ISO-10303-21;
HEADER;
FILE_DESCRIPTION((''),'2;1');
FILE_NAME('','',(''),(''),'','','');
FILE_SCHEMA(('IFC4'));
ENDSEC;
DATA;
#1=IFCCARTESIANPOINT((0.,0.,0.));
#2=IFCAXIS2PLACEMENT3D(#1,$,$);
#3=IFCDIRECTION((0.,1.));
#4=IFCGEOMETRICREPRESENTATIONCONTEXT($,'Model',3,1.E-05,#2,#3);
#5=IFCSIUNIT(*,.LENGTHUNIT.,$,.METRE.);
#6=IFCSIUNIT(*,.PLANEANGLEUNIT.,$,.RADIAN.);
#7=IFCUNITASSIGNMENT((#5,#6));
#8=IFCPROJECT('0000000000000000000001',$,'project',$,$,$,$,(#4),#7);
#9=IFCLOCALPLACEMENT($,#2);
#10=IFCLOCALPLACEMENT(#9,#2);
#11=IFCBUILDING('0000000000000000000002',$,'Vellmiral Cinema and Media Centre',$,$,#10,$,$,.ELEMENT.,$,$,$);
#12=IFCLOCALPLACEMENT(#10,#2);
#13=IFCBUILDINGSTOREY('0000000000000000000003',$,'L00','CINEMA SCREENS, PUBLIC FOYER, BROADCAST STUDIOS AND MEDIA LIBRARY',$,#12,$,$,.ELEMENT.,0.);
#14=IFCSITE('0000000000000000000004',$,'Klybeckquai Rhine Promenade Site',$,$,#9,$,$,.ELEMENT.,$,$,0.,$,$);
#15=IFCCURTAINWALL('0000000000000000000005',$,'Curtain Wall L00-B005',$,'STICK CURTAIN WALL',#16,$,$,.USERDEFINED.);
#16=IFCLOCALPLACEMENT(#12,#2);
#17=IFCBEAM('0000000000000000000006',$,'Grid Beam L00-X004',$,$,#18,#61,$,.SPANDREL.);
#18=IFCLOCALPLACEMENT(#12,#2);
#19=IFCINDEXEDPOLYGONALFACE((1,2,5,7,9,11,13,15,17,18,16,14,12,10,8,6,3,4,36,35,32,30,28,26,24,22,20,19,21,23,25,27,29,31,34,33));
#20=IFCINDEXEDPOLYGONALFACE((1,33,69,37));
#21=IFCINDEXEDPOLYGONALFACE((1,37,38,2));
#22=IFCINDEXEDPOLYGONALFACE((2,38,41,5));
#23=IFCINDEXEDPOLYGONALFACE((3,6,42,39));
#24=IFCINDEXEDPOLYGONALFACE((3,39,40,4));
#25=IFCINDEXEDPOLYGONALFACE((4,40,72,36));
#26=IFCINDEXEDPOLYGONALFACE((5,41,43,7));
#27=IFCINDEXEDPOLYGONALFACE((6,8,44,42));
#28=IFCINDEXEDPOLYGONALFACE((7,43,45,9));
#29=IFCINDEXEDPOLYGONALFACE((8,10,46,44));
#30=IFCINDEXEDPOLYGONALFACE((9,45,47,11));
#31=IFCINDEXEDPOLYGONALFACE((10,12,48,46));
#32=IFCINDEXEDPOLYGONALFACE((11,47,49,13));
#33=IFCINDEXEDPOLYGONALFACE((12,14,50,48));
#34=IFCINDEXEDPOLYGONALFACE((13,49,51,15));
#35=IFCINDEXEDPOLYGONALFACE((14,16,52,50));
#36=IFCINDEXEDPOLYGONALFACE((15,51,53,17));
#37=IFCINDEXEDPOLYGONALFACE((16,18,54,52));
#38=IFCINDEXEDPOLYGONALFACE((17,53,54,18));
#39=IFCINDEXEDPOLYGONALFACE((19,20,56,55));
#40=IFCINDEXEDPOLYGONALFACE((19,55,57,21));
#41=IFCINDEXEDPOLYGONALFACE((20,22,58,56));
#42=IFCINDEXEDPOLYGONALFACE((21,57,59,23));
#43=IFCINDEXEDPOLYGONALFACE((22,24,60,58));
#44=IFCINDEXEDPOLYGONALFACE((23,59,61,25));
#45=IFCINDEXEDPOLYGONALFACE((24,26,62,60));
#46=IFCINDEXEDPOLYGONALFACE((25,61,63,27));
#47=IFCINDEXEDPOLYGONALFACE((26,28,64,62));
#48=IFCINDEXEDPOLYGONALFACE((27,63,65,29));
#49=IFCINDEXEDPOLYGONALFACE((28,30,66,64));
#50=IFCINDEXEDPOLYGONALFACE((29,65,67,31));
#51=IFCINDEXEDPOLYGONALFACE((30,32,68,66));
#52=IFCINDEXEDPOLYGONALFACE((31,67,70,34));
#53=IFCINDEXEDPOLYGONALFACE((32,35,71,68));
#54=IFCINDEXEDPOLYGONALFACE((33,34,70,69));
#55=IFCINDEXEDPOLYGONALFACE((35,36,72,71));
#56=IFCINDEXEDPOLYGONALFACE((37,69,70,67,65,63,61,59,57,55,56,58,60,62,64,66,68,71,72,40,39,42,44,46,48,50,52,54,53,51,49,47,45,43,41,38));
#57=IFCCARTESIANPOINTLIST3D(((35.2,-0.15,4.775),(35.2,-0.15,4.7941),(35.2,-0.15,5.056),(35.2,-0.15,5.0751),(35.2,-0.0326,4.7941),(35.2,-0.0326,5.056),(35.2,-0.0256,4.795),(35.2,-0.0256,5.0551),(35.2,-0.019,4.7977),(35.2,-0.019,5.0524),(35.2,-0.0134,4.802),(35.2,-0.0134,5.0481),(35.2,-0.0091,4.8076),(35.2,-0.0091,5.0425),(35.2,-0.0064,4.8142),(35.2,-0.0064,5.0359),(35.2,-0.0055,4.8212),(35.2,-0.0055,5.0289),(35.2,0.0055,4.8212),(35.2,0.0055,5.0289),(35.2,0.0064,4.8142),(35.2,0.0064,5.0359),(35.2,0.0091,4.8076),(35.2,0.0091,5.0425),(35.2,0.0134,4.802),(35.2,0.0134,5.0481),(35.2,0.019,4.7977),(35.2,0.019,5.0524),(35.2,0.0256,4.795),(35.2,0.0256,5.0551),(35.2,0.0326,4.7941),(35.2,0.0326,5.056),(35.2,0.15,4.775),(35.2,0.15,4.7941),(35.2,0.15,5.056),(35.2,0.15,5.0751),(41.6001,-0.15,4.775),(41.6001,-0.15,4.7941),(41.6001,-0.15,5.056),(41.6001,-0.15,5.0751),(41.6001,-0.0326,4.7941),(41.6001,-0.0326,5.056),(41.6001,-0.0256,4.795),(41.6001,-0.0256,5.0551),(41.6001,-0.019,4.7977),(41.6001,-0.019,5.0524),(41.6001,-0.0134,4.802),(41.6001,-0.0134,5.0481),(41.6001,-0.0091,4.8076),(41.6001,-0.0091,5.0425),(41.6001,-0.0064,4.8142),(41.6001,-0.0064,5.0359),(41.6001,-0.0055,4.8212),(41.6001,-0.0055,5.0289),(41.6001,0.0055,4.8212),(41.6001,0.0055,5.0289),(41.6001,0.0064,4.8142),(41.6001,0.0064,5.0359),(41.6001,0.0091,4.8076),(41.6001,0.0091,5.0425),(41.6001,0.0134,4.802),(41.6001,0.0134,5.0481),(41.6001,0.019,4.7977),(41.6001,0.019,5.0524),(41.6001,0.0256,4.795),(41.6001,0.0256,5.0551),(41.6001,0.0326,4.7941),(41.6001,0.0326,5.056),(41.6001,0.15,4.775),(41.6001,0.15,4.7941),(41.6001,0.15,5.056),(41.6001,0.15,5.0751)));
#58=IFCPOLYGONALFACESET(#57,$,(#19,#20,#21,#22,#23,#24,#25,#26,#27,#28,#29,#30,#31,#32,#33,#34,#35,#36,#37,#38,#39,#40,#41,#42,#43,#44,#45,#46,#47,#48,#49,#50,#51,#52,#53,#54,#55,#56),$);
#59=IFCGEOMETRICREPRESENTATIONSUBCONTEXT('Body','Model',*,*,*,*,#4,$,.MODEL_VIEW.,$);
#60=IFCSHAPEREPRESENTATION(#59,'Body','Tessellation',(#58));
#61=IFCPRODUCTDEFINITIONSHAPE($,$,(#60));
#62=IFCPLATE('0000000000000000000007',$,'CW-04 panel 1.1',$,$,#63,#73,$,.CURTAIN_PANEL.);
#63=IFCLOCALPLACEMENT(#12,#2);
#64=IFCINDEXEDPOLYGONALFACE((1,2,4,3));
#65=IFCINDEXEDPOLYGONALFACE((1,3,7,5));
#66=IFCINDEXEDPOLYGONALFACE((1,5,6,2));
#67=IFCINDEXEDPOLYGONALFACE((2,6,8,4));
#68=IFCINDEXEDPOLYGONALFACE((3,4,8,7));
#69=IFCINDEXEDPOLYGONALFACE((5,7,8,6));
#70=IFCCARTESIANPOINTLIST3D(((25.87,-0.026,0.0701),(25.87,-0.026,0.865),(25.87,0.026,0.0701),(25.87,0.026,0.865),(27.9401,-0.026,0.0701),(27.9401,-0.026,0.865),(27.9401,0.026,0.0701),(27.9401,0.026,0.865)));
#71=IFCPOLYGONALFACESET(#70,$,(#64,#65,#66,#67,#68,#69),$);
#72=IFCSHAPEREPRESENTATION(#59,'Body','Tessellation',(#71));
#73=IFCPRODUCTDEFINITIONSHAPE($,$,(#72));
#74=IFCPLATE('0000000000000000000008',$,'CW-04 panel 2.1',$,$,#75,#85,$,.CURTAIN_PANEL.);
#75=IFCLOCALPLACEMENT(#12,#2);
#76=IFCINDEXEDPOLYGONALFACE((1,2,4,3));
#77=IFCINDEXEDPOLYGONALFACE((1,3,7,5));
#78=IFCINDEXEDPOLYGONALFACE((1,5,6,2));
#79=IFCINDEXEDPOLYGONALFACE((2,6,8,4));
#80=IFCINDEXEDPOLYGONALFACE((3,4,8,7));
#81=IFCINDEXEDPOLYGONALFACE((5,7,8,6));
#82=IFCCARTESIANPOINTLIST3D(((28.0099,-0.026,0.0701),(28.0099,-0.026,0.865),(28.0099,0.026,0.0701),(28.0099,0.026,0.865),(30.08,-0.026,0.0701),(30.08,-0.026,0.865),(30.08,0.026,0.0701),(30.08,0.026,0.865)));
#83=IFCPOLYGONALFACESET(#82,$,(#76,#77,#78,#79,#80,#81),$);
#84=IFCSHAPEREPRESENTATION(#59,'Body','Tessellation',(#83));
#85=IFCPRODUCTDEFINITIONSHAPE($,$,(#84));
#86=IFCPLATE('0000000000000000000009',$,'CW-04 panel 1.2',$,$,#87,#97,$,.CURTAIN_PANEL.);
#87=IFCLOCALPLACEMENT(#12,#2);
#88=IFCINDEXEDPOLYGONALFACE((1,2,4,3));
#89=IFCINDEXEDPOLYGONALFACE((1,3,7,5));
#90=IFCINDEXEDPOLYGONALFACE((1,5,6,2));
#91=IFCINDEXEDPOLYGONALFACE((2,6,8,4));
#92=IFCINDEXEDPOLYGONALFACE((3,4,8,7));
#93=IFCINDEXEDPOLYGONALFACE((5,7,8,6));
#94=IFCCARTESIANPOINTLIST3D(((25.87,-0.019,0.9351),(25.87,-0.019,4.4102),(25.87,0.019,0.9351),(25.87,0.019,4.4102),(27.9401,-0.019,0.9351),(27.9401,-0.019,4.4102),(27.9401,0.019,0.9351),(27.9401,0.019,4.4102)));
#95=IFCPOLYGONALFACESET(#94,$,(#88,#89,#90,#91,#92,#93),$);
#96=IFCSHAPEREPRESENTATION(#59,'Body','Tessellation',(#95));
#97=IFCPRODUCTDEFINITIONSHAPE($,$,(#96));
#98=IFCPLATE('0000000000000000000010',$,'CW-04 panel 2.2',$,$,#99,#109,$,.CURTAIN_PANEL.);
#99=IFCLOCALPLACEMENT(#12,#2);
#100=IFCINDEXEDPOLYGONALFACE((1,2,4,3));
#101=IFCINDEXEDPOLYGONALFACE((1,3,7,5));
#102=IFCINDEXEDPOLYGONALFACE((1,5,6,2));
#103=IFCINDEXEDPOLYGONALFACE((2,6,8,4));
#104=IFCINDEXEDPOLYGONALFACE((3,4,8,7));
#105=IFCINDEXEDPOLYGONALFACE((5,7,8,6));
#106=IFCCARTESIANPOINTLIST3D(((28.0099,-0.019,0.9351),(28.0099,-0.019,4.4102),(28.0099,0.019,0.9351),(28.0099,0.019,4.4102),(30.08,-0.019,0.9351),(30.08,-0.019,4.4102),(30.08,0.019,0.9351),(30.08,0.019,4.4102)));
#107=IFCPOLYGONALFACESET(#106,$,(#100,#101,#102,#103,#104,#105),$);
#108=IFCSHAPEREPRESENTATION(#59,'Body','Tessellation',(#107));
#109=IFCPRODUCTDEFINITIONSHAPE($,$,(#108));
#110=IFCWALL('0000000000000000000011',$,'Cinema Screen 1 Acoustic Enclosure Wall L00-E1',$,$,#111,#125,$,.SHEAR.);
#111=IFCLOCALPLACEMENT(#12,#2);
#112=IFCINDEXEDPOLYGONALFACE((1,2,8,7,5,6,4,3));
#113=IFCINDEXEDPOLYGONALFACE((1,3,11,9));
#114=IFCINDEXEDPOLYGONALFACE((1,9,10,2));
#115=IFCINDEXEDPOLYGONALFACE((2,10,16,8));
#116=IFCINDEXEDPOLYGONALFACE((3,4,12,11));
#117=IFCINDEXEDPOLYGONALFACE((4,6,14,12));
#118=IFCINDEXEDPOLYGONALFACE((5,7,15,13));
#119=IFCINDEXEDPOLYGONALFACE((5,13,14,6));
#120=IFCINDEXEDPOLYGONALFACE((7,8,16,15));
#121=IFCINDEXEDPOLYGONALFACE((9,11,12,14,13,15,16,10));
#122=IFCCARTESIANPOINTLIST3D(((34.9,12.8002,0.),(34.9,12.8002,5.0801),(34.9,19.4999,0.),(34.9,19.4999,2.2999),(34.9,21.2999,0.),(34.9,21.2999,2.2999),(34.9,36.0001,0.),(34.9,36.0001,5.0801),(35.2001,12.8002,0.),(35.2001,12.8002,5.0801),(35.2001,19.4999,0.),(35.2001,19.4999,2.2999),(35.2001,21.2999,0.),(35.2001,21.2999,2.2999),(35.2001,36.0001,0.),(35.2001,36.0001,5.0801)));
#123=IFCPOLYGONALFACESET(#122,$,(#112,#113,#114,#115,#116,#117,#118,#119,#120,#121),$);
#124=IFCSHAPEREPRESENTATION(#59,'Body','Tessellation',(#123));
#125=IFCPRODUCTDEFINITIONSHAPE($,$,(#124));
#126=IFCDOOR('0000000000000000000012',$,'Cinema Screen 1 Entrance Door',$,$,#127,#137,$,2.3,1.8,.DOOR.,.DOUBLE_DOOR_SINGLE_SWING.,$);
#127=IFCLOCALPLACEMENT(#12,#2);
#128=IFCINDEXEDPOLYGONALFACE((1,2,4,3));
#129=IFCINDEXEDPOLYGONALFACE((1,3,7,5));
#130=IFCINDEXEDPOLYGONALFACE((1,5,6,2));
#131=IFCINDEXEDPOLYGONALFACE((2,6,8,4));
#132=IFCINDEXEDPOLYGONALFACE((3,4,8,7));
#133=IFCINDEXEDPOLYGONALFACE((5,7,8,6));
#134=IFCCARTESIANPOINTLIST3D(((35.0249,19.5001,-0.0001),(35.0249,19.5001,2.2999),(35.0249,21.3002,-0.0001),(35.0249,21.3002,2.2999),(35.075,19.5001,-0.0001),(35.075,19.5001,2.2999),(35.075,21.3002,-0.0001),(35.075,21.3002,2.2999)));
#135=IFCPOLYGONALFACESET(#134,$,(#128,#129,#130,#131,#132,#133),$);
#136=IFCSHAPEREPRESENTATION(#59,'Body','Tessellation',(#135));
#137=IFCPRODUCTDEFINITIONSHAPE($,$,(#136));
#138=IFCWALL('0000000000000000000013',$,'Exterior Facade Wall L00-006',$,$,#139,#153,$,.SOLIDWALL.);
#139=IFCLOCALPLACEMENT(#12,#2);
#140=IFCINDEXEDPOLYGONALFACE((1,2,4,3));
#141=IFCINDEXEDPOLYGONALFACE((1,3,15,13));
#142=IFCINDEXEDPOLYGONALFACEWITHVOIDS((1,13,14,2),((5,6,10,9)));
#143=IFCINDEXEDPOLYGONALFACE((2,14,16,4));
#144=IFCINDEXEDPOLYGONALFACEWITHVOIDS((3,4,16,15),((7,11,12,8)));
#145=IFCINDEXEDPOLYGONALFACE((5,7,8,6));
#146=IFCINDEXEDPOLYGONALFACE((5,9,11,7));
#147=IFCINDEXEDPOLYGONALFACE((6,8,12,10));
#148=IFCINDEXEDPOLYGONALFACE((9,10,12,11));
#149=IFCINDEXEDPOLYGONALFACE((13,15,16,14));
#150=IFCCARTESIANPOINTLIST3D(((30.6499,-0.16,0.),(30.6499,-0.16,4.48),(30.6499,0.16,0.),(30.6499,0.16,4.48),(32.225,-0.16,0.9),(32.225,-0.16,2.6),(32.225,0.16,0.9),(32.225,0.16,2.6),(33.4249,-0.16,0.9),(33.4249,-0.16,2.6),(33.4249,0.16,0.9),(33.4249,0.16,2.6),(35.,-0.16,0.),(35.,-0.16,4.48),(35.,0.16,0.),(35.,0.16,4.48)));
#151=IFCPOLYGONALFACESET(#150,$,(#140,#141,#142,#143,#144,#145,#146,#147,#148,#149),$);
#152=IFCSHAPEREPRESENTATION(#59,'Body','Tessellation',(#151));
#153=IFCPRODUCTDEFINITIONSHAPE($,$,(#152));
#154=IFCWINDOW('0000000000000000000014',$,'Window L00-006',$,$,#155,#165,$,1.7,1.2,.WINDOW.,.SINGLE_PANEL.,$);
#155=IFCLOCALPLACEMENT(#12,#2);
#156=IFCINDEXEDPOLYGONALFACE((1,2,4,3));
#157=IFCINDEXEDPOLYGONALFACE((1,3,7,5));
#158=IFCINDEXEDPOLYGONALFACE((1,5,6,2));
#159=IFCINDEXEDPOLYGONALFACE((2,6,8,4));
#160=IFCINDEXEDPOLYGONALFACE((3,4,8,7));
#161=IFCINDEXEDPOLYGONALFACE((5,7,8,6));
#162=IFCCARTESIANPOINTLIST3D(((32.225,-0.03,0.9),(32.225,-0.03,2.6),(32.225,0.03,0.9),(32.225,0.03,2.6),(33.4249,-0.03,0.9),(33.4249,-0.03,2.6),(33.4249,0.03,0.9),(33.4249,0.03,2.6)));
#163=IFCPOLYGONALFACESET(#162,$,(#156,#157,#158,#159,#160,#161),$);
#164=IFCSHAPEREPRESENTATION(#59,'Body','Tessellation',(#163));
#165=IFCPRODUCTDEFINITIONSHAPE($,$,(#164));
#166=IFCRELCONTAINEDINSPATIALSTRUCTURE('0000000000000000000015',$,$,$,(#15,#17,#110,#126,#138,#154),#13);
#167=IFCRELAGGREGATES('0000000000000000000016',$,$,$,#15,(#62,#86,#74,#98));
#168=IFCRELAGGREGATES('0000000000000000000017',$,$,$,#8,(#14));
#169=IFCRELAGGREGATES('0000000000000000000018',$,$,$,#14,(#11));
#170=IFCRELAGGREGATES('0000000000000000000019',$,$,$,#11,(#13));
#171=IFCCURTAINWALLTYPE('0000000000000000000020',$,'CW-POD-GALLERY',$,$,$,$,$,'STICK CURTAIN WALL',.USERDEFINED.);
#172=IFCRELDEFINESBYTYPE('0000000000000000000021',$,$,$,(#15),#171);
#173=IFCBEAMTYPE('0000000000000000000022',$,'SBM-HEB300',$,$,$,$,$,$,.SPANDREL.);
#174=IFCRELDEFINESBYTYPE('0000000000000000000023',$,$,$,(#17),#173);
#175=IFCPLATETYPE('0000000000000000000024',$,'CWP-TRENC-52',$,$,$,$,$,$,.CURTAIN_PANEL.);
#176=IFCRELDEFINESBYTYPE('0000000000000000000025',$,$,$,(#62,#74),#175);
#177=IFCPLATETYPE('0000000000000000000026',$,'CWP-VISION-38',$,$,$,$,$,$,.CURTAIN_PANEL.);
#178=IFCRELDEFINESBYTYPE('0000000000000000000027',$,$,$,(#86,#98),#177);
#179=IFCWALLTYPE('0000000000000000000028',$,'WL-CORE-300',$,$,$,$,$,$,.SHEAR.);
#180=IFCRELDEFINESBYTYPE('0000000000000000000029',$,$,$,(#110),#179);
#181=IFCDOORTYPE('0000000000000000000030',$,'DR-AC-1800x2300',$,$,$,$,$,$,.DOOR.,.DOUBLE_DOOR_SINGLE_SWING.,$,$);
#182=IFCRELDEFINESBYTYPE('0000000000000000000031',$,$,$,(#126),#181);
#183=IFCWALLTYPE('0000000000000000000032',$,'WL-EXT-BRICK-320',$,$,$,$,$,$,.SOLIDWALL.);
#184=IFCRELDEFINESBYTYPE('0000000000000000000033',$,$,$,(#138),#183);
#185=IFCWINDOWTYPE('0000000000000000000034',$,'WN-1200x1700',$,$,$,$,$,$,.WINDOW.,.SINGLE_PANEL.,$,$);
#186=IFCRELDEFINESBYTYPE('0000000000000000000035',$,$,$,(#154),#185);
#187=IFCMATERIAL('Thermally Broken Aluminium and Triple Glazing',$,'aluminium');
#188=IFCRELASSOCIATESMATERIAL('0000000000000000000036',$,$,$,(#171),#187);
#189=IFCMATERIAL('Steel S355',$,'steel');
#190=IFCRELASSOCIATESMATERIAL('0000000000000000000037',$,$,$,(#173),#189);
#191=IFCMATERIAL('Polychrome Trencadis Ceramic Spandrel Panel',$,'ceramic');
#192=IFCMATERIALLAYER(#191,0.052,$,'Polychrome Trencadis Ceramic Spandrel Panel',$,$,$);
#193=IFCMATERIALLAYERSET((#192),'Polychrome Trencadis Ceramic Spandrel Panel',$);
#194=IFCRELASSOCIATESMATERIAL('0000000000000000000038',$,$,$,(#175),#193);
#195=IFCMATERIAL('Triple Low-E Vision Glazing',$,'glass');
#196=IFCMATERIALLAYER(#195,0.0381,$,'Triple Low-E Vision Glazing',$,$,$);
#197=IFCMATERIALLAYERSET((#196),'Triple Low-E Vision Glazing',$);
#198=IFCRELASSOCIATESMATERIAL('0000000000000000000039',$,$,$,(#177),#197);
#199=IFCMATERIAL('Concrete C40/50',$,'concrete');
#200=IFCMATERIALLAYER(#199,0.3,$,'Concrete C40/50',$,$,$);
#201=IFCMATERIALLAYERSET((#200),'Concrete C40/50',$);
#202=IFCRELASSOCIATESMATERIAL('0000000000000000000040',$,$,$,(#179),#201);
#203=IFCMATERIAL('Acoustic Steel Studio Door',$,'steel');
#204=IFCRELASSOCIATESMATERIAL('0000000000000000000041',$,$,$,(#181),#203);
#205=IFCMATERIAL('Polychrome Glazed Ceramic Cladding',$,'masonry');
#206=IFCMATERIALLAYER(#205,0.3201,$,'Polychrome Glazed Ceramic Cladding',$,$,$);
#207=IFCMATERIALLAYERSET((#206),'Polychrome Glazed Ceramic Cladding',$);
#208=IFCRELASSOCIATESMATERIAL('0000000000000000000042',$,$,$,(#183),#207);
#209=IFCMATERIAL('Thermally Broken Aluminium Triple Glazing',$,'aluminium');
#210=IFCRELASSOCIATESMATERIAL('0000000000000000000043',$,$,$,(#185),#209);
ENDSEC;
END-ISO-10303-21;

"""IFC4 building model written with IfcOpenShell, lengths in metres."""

from ifc_helpers import new_model, si_unit, direction, frame, frame_2d, origin, origin_2d, place, context, subcontext, project, spatial, rectangle, i_section, extrude, material, layer, layer_set, material_profile, profile_set, type_object, element, fill, aggregate, save


model = new_model("IFC4")

# Units and contexts
model_context = context("Model", 3, precision=1e-05, world=origin(), true_north=direction((0.0, 1.0)))
body_context = subcontext(model_context, "Body", "Model", "MODEL_VIEW")
ifc_project = project(units=[si_unit("LENGTHUNIT", "METRE"), si_unit("PLANEANGLEUNIT", "RADIAN")], contexts=[model_context])

# Site, building, storey
site_placement = place(None, origin())
site = spatial("IfcSite", under=ifc_project, at=site_placement, Name="Klybeckquai Rhine Promenade Site", CompositionType="ELEMENT", RefElevation=0.0)
building_placement = place(site_placement, origin())
building = spatial("IfcBuilding", under=site, at=building_placement, Name="Vellmiral Cinema and Media Centre", CompositionType="ELEMENT")
storey_placement = place(building_placement, origin())
storey = spatial("IfcBuildingStorey", under=building, at=storey_placement, Name="L00", Description="CINEMA SCREENS, PUBLIC FOYER, BROADCAST STUDIOS AND MEDIA LIBRARY", CompositionType="ELEMENT", Elevation=0.0)

# Curtain wall
ifc_material_1 = material(Name="Thermally Broken Aluminium and Triple Glazing", Category="aluminium")
curtain_wall_type = type_object("IfcCurtainWallType", Name="CW-POD-GALLERY", ElementType="STICK CURTAIN WALL", PredefinedType="USERDEFINED", material=ifc_material_1)
curtain_wall_placement = place(storey_placement, origin())
curtain_wall = element("IfcCurtainWall", 1, at=curtain_wall_placement, inside=storey, type_object=curtain_wall_type, Name="Curtain Wall L00-B005", ObjectType="STICK CURTAIN WALL", PredefinedType="USERDEFINED")

# Beam
ifc_material_2 = material(Name="Steel S355", Category="steel")
ifc_material_profile_1 = material_profile(ifc_material_2, i_section(OverallWidth=0.3, OverallDepth=0.3, WebThickness=0.011, FlangeThickness=0.019, FilletRadius=0.0271, at=origin_2d()), Name="HEB 300")
ifc_profile_set_1 = profile_set([ifc_material_profile_1], Name="Steel S355")
beam_type_1 = type_object("IfcBeamType", Name="SBM-HEB300", PredefinedType="SPANDREL", material=ifc_profile_set_1)
beam_1_placement = place(storey_placement, frame((35.2, 0.0, 4.925), z_axis=(1.0, 0.0, 0.0), x_axis=(0.0, 1.0, 0.0)))
element("IfcBeam", 2, at=beam_1_placement, inside=storey, type_object=beam_type_1, Name="Grid Beam L00-X004", PredefinedType="SPANDREL", context=body_context, shape_type="SweptSolid", body=[
    extrude(i_section(OverallWidth=0.3, OverallDepth=0.3, WebThickness=0.011, FlangeThickness=0.019, FilletRadius=0.0271, at=origin_2d()), origin(), (0.0, 0.0, 1.0), 6.4001),
])

# Plates
ifc_material_3 = material(Name="Polychrome Trencadis Ceramic Spandrel Panel", Category="ceramic")
ifc_layer_1 = layer(ifc_material_3, 0.052, Name="Polychrome Trencadis Ceramic Spandrel Panel")
ifc_layer_set_1 = layer_set([ifc_layer_1], Name="Polychrome Trencadis Ceramic Spandrel Panel")
plate_type_1 = type_object("IfcPlateType", Name="CWP-TRENC-52", PredefinedType="CURTAIN_PANEL", material=ifc_layer_set_1)
plate_1_placement = place(storey_placement, frame((26.905, 0.0, 0.0701), z_axis=(0.0, 0.0, 1.0), x_axis=(1.0, 0.0, 0.0)))
plate_1 = element("IfcPlate", 3, at=plate_1_placement, type_object=plate_type_1, Name="CW-04 panel 1.1", PredefinedType="CURTAIN_PANEL", context=body_context, shape_type="SweptSolid", body=[
    extrude(rectangle(XDim=2.0701, YDim=0.052, at=origin_2d()), origin(), (0.0, 0.0, 1.0), 0.7949),
])
plate_2_placement = place(storey_placement, frame((29.0449, 0.0, 0.0701), z_axis=(0.0, 0.0, 1.0), x_axis=(1.0, 0.0, 0.0)))
plate_2 = element("IfcPlate", 4, at=plate_2_placement, type_object=plate_type_1, Name="CW-04 panel 2.1", PredefinedType="CURTAIN_PANEL", context=body_context, shape_type="SweptSolid", body=[
    extrude(rectangle(XDim=2.0701, YDim=0.052, at=origin_2d()), origin(), (0.0, 0.0, 1.0), 0.7949),
])
ifc_material_4 = material(Name="Triple Low-E Vision Glazing", Category="glass")
ifc_layer_2 = layer(ifc_material_4, 0.0381, Name="Triple Low-E Vision Glazing")
ifc_layer_set_2 = layer_set([ifc_layer_2], Name="Triple Low-E Vision Glazing")
plate_type_2 = type_object("IfcPlateType", Name="CWP-VISION-38", PredefinedType="CURTAIN_PANEL", material=ifc_layer_set_2)
plate_3_placement = place(storey_placement, frame((26.905, 0.0, 0.9351), z_axis=(0.0, 0.0, 1.0), x_axis=(1.0, 0.0, 0.0)))
plate_3 = element("IfcPlate", 5, at=plate_3_placement, type_object=plate_type_2, Name="CW-04 panel 1.2", PredefinedType="CURTAIN_PANEL", context=body_context, shape_type="SweptSolid", body=[
    extrude(rectangle(XDim=2.0701, YDim=0.0381, at=origin_2d()), origin(), (0.0, 0.0, 1.0), 3.4751),
])
plate_4_placement = place(storey_placement, frame((29.0449, 0.0, 0.9351), z_axis=(0.0, 0.0, 1.0), x_axis=(1.0, 0.0, 0.0)))
plate_4 = element("IfcPlate", 6, at=plate_4_placement, type_object=plate_type_2, Name="CW-04 panel 2.2", PredefinedType="CURTAIN_PANEL", context=body_context, shape_type="SweptSolid", body=[
    extrude(rectangle(XDim=2.0701, YDim=0.0381, at=origin_2d()), origin(), (0.0, 0.0, 1.0), 3.4751),
])
aggregate(curtain_wall, [plate_1, plate_3, plate_2, plate_4])

# Wall, opening, door
ifc_material_5 = material(Name="Concrete C40/50", Category="concrete")
ifc_layer_3 = layer(ifc_material_5, 0.3, Name="Concrete C40/50")
ifc_layer_set_3 = layer_set([ifc_layer_3], Name="Concrete C40/50")
wall_type_1 = type_object("IfcWallType", Name="WL-CORE-300", PredefinedType="SHEAR", material=ifc_layer_set_3)
wall_1_placement = place(storey_placement, frame((35.05, 12.8, 0.0), z_axis=(0.0, 0.0, 1.0), x_axis=(0.0, 1.0, 0.0)))
wall_1 = element("IfcWall", 7, at=wall_1_placement, inside=storey, type_object=wall_type_1, Name="Cinema Screen 1 Acoustic Enclosure Wall L00-E1", PredefinedType="SHEAR", context=body_context, shape_type="SweptSolid", body=[
    extrude(rectangle(XDim=23.2, YDim=0.3, at=frame_2d((11.6001, 0.0))), origin(), (0.0, 0.0, 1.0), 5.0801),
])
opening_1_placement = place(wall_1_placement, frame((6.7, 0.0, 0.0)))
opening_1 = element("IfcOpeningElement", 8, at=opening_1_placement, cuts=wall_1, PredefinedType="OPENING", context=body_context, shape_type="SweptSolid", body=[
    extrude(rectangle(XDim=1.8, YDim=2.3, at=frame_2d((0.8999, 1.1499))), frame((0.0, 0.1621, 0.0), z_axis=(0.0, -1.0, 0.0), x_axis=(1.0, 0.0, 0.0)), (0.0, 0.0, 1.0), 0.324),
])
ifc_material_6 = material(Name="Acoustic Steel Studio Door", Category="steel")
door_type_1 = type_object("IfcDoorType", Name="DR-AC-1800x2300", OperationType="DOUBLE_DOOR_SINGLE_SWING", PredefinedType="DOOR", material=ifc_material_6)
door_1_placement = place(opening_1_placement, frame((1.8, 0.0, 0.0), z_axis=(0.0, 0.0, 1.0), x_axis=(-1.0, 0.0, 0.0)))
door_1 = element("IfcDoor", 9, at=door_1_placement, inside=storey, type_object=door_type_1, Name="Cinema Screen 1 Entrance Door", OperationType="DOUBLE_DOOR_SINGLE_SWING", OverallHeight=2.3, OverallWidth=1.8, PredefinedType="DOOR", context=body_context, shape_type="SweptSolid", body=[
    extrude(rectangle(XDim=1.8, YDim=2.3, at=frame_2d((0.8999, 1.1499))), frame((0.0, 0.0249, 0.0), z_axis=(0.0, -1.0, 0.0), x_axis=(1.0, 0.0, 0.0)), (0.0, 0.0, 1.0), 0.05),
])
fill(opening_1, door_1)

# Wall, opening, window
ifc_material_7 = material(Name="Polychrome Glazed Ceramic Cladding", Category="masonry")
ifc_layer_4 = layer(ifc_material_7, 0.3201, Name="Polychrome Glazed Ceramic Cladding")
ifc_layer_set_4 = layer_set([ifc_layer_4], Name="Polychrome Glazed Ceramic Cladding")
wall_type_2 = type_object("IfcWallType", Name="WL-EXT-BRICK-320", PredefinedType="SOLIDWALL", material=ifc_layer_set_4)
wall_2_placement = place(storey_placement, frame((30.6499, 0.0, 0.0), z_axis=(0.0, 0.0, 1.0), x_axis=(1.0, 0.0, 0.0)))
wall_2 = element("IfcWall", 10, at=wall_2_placement, inside=storey, type_object=wall_type_2, Name="Exterior Facade Wall L00-006", PredefinedType="SOLIDWALL", context=body_context, shape_type="SweptSolid", body=[
    extrude(rectangle(XDim=4.3501, YDim=0.3201, at=frame_2d((2.175, 0.0))), origin(), (0.0, 0.0, 1.0), 4.48),
])
opening_2_placement = place(wall_2_placement, frame((1.575, 0.0, 0.8999)))
opening_2 = element("IfcOpeningElement", 11, at=opening_2_placement, cuts=wall_2, PredefinedType="OPENING", context=body_context, shape_type="SweptSolid", body=[
    extrude(rectangle(XDim=1.2, YDim=1.7, at=frame_2d((0.6001, 0.8501))), frame((0.0, 0.1719, 0.0), z_axis=(0.0, -1.0, 0.0), x_axis=(1.0, 0.0, 0.0)), (0.0, 0.0, 1.0), 0.344),
])
ifc_material_8 = material(Name="Thermally Broken Aluminium Triple Glazing", Category="aluminium")
window_type = type_object("IfcWindowType", Name="WN-1200x1700", PartitioningType="SINGLE_PANEL", PredefinedType="WINDOW", material=ifc_material_8)
window_placement = place(opening_2_placement, origin())
window = element("IfcWindow", 12, at=window_placement, inside=storey, type_object=window_type, Name="Window L00-006", OverallHeight=1.7, OverallWidth=1.2, PartitioningType="SINGLE_PANEL", PredefinedType="WINDOW", context=body_context, shape_type="SweptSolid", body=[
    extrude(rectangle(XDim=1.2, YDim=1.7, at=frame_2d((0.6001, 0.8501))), frame((0.0, 0.03, 0.0), z_axis=(0.0, -1.0, 0.0), x_axis=(1.0, 0.0, 0.0)), (0.0, 0.0, 1.0), 0.0601),
])
fill(opening_2, window)

save(model, "model.ifc")
